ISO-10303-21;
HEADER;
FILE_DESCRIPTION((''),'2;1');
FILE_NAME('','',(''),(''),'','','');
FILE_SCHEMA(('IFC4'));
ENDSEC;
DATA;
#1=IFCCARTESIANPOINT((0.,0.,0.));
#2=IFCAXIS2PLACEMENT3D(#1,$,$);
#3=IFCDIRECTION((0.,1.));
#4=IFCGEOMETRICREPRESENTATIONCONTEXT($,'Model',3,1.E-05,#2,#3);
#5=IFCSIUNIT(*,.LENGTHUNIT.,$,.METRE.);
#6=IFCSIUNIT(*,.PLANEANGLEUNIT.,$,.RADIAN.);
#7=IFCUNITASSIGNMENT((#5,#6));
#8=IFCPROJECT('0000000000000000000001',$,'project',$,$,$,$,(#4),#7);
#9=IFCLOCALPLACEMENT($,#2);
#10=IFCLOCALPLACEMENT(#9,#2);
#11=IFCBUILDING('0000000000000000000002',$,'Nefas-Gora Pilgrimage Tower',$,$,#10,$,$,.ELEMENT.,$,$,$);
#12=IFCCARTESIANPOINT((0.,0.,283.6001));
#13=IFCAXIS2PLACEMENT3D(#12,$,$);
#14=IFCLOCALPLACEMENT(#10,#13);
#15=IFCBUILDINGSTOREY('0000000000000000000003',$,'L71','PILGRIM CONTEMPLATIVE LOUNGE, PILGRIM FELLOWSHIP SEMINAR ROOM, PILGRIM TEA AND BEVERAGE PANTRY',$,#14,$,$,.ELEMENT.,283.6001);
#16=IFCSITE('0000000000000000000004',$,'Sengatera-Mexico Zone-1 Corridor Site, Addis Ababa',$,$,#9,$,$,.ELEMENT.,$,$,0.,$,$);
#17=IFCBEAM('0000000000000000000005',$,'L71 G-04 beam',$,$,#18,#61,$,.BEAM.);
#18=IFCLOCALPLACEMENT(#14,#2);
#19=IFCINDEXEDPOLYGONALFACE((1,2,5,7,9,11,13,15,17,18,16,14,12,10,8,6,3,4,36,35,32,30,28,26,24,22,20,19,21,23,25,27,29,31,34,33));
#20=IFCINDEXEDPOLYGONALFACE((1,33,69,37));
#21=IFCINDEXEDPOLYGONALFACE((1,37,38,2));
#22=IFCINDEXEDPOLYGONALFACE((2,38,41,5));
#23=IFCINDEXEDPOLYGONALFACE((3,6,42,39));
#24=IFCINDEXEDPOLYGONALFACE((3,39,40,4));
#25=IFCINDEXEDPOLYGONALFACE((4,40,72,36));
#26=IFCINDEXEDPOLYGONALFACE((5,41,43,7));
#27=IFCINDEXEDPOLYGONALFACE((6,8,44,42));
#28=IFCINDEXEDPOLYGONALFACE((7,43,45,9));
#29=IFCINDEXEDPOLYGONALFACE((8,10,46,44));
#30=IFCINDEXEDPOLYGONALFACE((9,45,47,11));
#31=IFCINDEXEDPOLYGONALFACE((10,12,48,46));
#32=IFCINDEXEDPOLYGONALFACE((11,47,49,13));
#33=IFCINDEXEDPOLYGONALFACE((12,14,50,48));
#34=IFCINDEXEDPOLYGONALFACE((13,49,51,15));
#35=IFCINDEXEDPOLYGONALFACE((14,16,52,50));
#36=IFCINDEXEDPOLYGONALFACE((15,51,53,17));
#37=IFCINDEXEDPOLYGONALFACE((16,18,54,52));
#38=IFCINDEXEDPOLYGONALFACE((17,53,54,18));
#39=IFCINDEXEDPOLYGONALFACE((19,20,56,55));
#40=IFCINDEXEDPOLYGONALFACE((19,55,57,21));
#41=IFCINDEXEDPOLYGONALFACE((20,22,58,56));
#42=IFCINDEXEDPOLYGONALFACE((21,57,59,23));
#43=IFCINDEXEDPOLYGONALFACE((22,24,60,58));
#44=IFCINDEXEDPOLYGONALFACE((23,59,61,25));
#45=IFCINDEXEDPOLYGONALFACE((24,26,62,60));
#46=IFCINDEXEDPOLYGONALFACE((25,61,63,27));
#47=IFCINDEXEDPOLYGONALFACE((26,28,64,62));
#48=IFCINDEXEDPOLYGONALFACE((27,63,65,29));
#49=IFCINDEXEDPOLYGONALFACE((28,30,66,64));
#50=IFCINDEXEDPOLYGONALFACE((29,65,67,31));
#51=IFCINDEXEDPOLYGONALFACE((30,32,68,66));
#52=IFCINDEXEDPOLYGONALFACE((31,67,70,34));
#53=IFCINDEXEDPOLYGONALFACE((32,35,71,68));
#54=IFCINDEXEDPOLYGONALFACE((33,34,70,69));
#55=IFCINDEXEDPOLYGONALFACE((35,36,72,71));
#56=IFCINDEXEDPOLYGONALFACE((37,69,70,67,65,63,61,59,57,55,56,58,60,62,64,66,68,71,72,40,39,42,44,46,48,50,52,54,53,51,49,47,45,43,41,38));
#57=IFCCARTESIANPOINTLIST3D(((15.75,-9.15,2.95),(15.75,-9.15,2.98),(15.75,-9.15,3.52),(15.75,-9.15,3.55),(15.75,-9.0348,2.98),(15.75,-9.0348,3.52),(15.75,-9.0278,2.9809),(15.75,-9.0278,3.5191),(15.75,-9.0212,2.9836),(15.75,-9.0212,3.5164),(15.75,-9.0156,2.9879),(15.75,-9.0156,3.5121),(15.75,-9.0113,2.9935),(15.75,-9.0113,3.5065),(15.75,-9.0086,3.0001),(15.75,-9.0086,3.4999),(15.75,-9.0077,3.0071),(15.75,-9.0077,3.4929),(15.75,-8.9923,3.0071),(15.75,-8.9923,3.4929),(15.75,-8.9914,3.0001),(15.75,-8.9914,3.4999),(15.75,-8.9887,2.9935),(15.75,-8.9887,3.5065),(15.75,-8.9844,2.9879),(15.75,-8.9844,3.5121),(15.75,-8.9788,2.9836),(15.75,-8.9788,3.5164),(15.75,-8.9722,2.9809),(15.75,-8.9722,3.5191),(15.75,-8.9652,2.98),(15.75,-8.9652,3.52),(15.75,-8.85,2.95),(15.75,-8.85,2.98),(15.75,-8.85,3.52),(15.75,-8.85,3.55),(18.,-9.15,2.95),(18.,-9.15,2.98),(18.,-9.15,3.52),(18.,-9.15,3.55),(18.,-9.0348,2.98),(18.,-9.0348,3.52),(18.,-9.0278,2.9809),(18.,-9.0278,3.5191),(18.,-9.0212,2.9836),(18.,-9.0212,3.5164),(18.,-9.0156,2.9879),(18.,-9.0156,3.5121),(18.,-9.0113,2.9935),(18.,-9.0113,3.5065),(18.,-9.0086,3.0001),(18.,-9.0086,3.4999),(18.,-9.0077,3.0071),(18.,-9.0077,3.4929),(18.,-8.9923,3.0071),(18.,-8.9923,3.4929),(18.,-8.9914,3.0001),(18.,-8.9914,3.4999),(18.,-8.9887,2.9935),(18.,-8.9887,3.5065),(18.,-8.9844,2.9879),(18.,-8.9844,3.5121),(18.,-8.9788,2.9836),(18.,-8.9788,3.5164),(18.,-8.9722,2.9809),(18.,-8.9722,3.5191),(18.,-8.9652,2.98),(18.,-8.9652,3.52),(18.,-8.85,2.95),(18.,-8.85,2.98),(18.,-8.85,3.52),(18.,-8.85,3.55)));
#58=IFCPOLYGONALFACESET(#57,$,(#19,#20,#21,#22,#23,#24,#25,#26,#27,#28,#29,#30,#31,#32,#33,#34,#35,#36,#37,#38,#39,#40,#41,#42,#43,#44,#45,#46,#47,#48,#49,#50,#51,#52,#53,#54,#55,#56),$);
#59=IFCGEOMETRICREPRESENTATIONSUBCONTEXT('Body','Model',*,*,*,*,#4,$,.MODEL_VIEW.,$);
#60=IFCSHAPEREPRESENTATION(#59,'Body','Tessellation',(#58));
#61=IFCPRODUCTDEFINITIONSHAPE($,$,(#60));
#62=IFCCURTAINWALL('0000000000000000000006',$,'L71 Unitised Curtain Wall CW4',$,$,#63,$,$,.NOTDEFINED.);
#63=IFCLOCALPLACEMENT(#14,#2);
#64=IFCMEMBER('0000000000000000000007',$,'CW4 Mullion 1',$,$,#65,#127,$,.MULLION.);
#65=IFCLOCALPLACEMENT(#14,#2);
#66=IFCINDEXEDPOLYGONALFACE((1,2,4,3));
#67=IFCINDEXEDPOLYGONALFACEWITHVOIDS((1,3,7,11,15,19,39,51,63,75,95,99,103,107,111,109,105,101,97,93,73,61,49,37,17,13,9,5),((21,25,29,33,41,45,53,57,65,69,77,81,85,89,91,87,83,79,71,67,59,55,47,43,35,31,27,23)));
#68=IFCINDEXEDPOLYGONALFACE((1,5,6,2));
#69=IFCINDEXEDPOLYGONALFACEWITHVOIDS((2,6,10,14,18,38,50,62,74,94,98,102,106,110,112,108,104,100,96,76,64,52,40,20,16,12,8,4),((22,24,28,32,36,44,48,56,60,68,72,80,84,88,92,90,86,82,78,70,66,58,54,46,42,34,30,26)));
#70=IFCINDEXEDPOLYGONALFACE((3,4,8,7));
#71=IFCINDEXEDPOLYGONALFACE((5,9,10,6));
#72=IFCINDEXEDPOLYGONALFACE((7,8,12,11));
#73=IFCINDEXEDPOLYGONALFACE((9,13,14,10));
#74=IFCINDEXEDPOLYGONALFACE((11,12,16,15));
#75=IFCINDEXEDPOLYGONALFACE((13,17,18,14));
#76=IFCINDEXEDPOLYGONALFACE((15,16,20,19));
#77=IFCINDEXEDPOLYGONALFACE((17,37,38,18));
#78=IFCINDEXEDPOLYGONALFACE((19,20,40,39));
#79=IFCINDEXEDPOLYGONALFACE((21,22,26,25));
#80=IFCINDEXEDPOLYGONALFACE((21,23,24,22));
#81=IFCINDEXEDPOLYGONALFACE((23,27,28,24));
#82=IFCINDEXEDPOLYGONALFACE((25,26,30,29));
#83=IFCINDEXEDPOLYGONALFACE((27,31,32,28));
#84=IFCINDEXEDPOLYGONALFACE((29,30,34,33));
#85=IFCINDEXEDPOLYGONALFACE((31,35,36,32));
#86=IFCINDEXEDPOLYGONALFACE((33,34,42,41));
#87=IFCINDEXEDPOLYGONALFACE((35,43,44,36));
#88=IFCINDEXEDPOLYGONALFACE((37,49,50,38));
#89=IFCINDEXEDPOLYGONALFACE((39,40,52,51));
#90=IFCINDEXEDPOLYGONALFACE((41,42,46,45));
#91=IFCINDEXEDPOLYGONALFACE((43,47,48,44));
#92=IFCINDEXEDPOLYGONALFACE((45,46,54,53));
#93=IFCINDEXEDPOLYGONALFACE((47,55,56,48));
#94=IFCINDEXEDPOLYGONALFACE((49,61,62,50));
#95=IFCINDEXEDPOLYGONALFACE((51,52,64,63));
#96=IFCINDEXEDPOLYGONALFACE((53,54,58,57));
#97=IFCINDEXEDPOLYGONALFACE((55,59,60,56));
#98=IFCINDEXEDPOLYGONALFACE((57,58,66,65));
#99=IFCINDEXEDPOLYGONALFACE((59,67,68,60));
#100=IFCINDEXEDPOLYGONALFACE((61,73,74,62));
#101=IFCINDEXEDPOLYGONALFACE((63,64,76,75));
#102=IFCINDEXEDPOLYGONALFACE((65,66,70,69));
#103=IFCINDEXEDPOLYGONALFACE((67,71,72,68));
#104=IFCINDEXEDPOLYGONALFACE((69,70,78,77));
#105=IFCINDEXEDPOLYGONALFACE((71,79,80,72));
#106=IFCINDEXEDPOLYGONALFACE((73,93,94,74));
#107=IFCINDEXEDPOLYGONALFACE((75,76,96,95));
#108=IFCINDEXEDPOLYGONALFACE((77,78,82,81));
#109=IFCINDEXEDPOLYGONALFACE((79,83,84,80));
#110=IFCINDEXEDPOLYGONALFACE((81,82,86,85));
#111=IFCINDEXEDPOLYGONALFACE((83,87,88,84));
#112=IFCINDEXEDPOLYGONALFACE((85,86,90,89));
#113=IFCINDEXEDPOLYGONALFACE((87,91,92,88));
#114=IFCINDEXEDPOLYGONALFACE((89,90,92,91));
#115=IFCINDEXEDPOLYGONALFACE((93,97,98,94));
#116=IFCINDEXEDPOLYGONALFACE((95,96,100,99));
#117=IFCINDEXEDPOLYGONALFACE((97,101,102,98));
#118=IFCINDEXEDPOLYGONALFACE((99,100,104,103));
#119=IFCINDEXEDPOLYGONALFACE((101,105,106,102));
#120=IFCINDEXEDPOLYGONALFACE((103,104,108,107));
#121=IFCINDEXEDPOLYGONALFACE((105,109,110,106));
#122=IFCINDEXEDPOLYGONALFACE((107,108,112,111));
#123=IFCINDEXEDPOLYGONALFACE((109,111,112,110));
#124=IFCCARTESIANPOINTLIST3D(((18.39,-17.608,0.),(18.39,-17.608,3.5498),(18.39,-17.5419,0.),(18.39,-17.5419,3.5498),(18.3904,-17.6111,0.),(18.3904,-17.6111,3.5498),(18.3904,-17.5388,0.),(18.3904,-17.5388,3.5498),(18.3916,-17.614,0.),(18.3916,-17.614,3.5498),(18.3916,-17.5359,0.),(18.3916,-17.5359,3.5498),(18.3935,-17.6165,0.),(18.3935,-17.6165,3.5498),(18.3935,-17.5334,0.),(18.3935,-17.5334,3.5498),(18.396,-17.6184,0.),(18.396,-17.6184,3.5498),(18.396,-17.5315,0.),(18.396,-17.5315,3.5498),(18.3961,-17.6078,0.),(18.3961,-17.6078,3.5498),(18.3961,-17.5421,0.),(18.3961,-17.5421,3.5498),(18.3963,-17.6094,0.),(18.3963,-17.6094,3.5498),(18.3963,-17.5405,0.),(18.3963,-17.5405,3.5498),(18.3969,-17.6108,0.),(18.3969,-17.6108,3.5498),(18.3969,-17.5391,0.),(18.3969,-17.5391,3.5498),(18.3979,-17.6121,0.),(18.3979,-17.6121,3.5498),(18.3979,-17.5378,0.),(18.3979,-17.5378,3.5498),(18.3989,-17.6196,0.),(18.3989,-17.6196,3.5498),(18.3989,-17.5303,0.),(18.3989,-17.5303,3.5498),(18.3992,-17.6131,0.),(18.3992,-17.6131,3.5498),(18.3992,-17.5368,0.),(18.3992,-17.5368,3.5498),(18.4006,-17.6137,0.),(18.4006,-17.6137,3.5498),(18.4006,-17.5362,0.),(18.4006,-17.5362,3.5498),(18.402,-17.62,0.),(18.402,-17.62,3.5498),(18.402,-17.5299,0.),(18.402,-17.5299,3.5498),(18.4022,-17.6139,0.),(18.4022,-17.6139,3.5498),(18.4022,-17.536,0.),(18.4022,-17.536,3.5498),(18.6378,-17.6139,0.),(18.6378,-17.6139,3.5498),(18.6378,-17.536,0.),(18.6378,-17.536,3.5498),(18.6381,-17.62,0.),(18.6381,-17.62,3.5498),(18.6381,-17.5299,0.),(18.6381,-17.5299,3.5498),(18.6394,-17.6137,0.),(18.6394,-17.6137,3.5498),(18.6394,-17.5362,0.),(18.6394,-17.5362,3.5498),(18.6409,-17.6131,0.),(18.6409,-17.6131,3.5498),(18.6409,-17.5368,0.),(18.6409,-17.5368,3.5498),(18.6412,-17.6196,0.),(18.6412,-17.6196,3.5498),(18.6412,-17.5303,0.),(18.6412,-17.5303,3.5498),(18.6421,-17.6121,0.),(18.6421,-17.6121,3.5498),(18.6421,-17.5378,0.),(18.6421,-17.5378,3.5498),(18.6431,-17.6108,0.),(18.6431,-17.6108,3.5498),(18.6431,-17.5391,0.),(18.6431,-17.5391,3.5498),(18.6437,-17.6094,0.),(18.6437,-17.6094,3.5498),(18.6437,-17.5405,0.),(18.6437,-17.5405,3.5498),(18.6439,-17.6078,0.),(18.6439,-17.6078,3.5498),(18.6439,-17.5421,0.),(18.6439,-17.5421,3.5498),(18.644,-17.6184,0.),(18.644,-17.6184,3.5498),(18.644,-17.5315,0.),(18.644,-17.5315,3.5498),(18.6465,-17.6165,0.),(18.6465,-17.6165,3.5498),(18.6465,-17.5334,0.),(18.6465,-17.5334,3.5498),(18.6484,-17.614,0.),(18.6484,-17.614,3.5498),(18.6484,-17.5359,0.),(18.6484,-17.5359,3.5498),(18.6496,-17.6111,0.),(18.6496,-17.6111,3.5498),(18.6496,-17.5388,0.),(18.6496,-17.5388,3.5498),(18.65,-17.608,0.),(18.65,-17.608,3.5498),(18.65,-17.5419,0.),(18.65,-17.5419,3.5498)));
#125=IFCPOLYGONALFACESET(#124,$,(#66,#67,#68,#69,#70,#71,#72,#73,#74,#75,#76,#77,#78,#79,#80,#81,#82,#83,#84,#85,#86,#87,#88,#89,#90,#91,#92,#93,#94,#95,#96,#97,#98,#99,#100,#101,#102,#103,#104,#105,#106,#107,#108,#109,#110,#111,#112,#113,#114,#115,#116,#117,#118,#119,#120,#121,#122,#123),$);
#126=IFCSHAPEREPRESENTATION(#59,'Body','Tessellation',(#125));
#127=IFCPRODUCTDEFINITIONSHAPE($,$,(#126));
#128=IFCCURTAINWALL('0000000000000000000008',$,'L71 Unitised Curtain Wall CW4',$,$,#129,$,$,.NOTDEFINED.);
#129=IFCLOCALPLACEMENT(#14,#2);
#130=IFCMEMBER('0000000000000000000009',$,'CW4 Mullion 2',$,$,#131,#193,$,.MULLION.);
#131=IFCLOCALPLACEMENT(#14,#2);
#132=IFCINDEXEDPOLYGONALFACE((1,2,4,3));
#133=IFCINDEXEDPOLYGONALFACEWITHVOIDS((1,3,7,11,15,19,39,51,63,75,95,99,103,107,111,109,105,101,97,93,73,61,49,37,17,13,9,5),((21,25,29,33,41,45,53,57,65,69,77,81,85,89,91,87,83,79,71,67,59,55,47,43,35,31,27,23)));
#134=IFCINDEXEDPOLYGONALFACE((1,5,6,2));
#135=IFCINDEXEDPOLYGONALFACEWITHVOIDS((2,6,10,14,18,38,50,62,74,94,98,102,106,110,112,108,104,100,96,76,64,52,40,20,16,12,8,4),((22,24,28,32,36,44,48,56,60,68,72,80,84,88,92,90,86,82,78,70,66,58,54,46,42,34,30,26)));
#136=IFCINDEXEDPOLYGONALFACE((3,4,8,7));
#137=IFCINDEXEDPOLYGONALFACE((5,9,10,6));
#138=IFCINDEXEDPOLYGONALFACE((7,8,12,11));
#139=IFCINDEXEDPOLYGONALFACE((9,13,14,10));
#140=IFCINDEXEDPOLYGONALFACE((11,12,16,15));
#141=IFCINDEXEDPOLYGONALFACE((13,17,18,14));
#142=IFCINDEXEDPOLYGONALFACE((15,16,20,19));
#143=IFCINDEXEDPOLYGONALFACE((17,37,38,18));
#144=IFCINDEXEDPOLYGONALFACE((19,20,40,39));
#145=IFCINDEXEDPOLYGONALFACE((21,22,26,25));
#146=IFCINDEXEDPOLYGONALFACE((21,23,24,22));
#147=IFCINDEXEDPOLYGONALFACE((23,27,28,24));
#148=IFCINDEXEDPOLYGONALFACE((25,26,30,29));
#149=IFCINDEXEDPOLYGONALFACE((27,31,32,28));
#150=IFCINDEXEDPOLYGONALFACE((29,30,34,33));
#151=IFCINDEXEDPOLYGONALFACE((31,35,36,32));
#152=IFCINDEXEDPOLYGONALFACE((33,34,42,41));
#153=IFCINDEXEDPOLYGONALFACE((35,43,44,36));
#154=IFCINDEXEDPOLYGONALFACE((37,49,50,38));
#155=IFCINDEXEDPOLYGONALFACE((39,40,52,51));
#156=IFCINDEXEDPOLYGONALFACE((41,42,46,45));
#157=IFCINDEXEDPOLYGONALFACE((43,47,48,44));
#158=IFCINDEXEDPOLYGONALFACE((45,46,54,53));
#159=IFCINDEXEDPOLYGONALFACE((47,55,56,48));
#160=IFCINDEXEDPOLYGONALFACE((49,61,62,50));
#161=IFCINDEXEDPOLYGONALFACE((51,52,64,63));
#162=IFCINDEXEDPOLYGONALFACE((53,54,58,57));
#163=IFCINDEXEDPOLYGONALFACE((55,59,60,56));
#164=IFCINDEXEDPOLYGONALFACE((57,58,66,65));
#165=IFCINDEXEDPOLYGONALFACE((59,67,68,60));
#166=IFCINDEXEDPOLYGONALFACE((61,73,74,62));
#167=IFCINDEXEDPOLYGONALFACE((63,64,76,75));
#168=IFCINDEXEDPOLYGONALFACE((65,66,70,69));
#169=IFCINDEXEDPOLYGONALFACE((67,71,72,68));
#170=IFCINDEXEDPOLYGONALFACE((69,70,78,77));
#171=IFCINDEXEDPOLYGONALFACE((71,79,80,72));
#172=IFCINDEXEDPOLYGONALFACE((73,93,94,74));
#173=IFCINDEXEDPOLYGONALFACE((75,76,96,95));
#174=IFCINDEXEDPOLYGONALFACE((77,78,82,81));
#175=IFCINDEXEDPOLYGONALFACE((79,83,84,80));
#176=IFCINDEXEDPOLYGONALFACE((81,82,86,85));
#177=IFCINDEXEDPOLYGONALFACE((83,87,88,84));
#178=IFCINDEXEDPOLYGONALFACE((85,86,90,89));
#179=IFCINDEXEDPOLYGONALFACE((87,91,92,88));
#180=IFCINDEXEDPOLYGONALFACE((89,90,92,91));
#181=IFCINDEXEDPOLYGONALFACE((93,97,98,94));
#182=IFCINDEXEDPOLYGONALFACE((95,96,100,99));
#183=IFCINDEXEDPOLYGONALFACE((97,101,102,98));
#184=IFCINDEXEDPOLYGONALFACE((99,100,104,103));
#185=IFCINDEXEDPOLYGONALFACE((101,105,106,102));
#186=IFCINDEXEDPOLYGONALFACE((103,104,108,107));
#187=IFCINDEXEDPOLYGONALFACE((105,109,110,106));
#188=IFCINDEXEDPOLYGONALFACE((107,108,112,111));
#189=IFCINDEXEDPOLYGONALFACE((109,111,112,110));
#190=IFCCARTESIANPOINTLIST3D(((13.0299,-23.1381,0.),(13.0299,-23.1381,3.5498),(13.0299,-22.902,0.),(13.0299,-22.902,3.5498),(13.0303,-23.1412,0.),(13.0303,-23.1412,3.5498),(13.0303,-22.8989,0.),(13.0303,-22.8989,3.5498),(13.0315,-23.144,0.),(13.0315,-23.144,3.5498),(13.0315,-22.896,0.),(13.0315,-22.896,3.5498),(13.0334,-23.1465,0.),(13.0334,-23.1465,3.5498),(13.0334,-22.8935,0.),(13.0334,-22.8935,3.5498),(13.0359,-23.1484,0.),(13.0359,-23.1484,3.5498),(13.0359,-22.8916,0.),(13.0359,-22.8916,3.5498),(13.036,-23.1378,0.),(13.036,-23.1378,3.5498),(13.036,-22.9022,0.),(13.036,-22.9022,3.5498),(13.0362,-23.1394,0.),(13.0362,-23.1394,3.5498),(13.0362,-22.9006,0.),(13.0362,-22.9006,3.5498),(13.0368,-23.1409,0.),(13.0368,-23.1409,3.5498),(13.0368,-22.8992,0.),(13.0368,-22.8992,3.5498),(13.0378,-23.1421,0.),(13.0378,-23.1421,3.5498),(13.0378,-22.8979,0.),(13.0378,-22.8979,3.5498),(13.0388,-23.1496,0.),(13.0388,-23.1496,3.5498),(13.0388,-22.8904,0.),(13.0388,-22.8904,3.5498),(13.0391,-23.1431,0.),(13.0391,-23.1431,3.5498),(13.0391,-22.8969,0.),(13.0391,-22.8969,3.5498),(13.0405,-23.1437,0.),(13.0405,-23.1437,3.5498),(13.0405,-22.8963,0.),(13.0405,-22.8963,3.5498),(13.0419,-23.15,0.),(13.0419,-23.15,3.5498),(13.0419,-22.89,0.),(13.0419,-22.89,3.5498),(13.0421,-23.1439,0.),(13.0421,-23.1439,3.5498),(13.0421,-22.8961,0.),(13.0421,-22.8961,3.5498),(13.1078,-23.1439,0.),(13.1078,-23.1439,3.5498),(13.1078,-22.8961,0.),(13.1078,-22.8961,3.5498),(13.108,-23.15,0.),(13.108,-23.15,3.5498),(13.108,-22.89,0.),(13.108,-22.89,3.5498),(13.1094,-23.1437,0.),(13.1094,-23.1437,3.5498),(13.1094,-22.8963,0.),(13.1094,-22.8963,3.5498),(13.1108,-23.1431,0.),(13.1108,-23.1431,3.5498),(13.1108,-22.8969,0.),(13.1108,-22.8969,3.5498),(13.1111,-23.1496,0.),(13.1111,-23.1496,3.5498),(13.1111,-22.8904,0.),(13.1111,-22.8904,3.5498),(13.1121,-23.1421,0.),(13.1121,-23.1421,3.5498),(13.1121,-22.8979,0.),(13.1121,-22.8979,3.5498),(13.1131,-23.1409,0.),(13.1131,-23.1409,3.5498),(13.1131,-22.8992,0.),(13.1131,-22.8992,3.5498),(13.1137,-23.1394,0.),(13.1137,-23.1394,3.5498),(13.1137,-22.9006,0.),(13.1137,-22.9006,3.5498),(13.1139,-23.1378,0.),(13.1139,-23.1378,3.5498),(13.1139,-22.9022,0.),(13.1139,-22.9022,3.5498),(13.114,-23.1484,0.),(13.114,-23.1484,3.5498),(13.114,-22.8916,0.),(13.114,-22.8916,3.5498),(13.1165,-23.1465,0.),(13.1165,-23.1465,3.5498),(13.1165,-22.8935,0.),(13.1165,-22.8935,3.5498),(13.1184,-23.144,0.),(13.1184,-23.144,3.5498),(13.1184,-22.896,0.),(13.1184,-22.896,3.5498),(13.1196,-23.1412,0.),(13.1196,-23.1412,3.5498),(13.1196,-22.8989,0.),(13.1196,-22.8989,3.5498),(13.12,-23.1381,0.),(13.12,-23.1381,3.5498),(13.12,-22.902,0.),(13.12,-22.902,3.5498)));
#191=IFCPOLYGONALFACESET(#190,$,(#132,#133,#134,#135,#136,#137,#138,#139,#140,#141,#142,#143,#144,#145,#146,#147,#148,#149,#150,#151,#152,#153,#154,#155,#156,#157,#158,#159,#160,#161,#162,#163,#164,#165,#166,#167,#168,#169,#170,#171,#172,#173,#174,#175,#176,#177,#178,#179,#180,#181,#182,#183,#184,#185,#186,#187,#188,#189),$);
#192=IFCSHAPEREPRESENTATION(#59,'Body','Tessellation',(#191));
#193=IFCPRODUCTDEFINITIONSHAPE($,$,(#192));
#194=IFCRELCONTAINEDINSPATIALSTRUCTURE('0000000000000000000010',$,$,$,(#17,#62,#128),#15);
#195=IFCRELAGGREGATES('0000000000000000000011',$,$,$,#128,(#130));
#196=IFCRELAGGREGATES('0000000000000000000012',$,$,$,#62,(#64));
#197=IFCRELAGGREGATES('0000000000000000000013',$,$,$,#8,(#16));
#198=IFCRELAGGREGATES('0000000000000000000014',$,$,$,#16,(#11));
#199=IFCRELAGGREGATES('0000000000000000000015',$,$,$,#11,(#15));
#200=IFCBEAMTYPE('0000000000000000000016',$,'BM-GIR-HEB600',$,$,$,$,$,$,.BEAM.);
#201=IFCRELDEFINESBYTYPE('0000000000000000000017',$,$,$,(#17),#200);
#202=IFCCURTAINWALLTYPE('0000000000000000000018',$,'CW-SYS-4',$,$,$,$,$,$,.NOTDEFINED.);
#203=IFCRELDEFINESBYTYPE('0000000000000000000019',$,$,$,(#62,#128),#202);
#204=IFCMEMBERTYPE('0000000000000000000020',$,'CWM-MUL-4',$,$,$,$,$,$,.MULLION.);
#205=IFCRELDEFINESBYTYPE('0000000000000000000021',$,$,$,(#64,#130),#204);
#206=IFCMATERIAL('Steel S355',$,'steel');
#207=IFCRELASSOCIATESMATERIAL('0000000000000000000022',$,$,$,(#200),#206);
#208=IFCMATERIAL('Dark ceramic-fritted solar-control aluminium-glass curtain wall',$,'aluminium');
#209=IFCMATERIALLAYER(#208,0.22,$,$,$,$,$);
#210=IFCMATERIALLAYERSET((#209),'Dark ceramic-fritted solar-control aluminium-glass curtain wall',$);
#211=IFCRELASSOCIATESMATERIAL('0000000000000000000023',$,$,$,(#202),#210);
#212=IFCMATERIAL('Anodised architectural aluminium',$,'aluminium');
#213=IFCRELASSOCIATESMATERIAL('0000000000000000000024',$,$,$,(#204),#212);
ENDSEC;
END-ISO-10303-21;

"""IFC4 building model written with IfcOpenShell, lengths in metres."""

from ifc_helpers import new_model, si_unit, direction, frame, origin, origin_2d, place, context, subcontext, project, spatial, hollow_rectangle, i_section, extrude, source, transform, mapped, material, layer, layer_set, material_profile, profile_set, type_object, element, aggregate, save


model = new_model("IFC4")

# Units and contexts
model_context = context("Model", 3, precision=1e-05, world=origin(), true_north=direction((0.0, 1.0)))
body_context = subcontext(model_context, "Body", "Model", "MODEL_VIEW")
ifc_project = project(units=[si_unit("LENGTHUNIT", "METRE"), si_unit("PLANEANGLEUNIT", "RADIAN")], contexts=[model_context])

# Site, building, storey
site_placement = place(None, origin())
site = spatial("IfcSite", under=ifc_project, at=site_placement, Name="Sengatera-Mexico Zone-1 Corridor Site, Addis Ababa", CompositionType="ELEMENT", RefElevation=0.0)
building_placement = place(site_placement, origin())
building = spatial("IfcBuilding", under=site, at=building_placement, Name="Nefas-Gora Pilgrimage Tower", CompositionType="ELEMENT")
storey_placement = place(building_placement, frame((0.0, 0.0, 283.6001)))
storey = spatial("IfcBuildingStorey", under=building, at=storey_placement, Name="L71", Description="PILGRIM CONTEMPLATIVE LOUNGE, PILGRIM FELLOWSHIP SEMINAR ROOM, PILGRIM TEA AND BEVERAGE PANTRY", CompositionType="ELEMENT", Elevation=283.6001)

# Shared definitions
ifc_material_1 = material(Name="Steel S355", Category="steel")

# Beam
ifc_material_profile_1 = material_profile(ifc_material_1, i_section(OverallWidth=0.3, OverallDepth=0.6001, WebThickness=0.0154, FlangeThickness=0.03, FilletRadius=0.0271, at=origin_2d()), Name="HEB 600")
ifc_profile_set_1 = profile_set([ifc_material_profile_1], Name="Steel S355")
beam_type_1 = type_object("IfcBeamType", Name="BM-GIR-HEB600", PredefinedType="BEAM", material=ifc_profile_set_1)
shared_shape_1 = source(origin(), body_context, "Body", "SweptSolid", [
    extrude(i_section(OverallWidth=0.3, OverallDepth=0.6001, WebThickness=0.0154, FlangeThickness=0.03, FilletRadius=0.0271, at=origin_2d()), origin(), (0.0, 0.0, 1.0), 2.25),
])
for number, where, z_axis, x_axis, name in (
    (1, (15.75, -9.0, 3.25), (1.0, 0.0, 0.0), (0.0, 1.0, 0.0), "L71 G-04 beam"),
):
    element("IfcBeam", number, at=place(storey_placement, frame(where, z_axis=z_axis, x_axis=x_axis)), inside=storey, type_object=beam_type_1, Name=name, PredefinedType="BEAM", context=body_context, shape_type="MappedRepresentation", body=[
        mapped(shared_shape_1, transform((0.0, 0.0, 0.0), x_axis=(1.0, 0.0, 0.0), y_axis=(0.0, 1.0, 0.0), z_axis=(0.0, 0.0, 1.0), scale=1.0)),
    ])

# Curtain walls, members
ifc_material_2 = material(Name="Dark ceramic-fritted solar-control aluminium-glass curtain wall", Category="aluminium")
ifc_layer_1 = layer(ifc_material_2, 0.22)
ifc_layer_set_1 = layer_set([ifc_layer_1], Name="Dark ceramic-fritted solar-control aluminium-glass curtain wall")
curtain_wall_type = type_object("IfcCurtainWallType", Name="CW-SYS-4", PredefinedType="NOTDEFINED", material=ifc_layer_set_1)
curtain_wall_1_placement = place(storey_placement, origin())
curtain_wall_1 = element("IfcCurtainWall", 2, at=curtain_wall_1_placement, inside=storey, type_object=curtain_wall_type, Name="L71 Unitised Curtain Wall CW4", PredefinedType="NOTDEFINED")
ifc_material_3 = material(Name="Anodised architectural aluminium", Category="aluminium")
ifc_material_profile_2 = material_profile(ifc_material_3, hollow_rectangle(XDim=0.0901, YDim=0.26, WallThickness=0.0061, InnerFilletRadius=0.0061, OuterFilletRadius=0.012, at=origin_2d()), Name="ALU MULLION 90x260")
ifc_profile_set_2 = profile_set([ifc_material_profile_2], Name="Anodised architectural aluminium")
member_type_1 = type_object("IfcMemberType", Name="CWM-MUL-4", PredefinedType="MULLION", material=ifc_profile_set_2)
shared_shape_2 = source(origin(), body_context, "Body", "SweptSolid", [
    extrude(hollow_rectangle(XDim=0.0901, YDim=0.26, WallThickness=0.0061, InnerFilletRadius=0.0061, OuterFilletRadius=0.012, at=origin_2d()), origin(), (0.0, 0.0, 1.0), 3.5498),
])
member_1_placement = place(storey_placement, frame((18.52, -17.575, 0.0), z_axis=(0.0, 0.0, 1.0), x_axis=(0.0, 1.0, 0.0)))
member_1 = element("IfcMember", 3, at=member_1_placement, type_object=member_type_1, Name="CW4 Mullion 1", PredefinedType="MULLION", context=body_context, shape_type="MappedRepresentation", body=[
    mapped(shared_shape_2, transform((0.0, 0.0, 0.0), x_axis=(1.0, 0.0, 0.0), y_axis=(0.0, 1.0, 0.0), z_axis=(0.0, 0.0, 1.0), scale=1.0)),
])
curtain_wall_2_placement = place(storey_placement, origin())
curtain_wall_2 = element("IfcCurtainWall", 4, at=curtain_wall_2_placement, inside=storey, type_object=curtain_wall_type, Name="L71 Unitised Curtain Wall CW4", PredefinedType="NOTDEFINED")
member_2_placement = place(storey_placement, frame((13.075, -23.02, 0.0), z_axis=(0.0, 0.0, 1.0), x_axis=(1.0, 0.0, 0.0)))
member_2 = element("IfcMember", 5, at=member_2_placement, type_object=member_type_1, Name="CW4 Mullion 2", PredefinedType="MULLION", context=body_context, shape_type="MappedRepresentation", body=[
    mapped(shared_shape_2, transform((0.0, 0.0, 0.0), x_axis=(1.0, 0.0, 0.0), y_axis=(0.0, 1.0, 0.0), z_axis=(0.0, 0.0, 1.0), scale=1.0)),
])
aggregate(curtain_wall_2, [member_2])

aggregate(curtain_wall_1, [member_1])

save(model, "model.ifc")
